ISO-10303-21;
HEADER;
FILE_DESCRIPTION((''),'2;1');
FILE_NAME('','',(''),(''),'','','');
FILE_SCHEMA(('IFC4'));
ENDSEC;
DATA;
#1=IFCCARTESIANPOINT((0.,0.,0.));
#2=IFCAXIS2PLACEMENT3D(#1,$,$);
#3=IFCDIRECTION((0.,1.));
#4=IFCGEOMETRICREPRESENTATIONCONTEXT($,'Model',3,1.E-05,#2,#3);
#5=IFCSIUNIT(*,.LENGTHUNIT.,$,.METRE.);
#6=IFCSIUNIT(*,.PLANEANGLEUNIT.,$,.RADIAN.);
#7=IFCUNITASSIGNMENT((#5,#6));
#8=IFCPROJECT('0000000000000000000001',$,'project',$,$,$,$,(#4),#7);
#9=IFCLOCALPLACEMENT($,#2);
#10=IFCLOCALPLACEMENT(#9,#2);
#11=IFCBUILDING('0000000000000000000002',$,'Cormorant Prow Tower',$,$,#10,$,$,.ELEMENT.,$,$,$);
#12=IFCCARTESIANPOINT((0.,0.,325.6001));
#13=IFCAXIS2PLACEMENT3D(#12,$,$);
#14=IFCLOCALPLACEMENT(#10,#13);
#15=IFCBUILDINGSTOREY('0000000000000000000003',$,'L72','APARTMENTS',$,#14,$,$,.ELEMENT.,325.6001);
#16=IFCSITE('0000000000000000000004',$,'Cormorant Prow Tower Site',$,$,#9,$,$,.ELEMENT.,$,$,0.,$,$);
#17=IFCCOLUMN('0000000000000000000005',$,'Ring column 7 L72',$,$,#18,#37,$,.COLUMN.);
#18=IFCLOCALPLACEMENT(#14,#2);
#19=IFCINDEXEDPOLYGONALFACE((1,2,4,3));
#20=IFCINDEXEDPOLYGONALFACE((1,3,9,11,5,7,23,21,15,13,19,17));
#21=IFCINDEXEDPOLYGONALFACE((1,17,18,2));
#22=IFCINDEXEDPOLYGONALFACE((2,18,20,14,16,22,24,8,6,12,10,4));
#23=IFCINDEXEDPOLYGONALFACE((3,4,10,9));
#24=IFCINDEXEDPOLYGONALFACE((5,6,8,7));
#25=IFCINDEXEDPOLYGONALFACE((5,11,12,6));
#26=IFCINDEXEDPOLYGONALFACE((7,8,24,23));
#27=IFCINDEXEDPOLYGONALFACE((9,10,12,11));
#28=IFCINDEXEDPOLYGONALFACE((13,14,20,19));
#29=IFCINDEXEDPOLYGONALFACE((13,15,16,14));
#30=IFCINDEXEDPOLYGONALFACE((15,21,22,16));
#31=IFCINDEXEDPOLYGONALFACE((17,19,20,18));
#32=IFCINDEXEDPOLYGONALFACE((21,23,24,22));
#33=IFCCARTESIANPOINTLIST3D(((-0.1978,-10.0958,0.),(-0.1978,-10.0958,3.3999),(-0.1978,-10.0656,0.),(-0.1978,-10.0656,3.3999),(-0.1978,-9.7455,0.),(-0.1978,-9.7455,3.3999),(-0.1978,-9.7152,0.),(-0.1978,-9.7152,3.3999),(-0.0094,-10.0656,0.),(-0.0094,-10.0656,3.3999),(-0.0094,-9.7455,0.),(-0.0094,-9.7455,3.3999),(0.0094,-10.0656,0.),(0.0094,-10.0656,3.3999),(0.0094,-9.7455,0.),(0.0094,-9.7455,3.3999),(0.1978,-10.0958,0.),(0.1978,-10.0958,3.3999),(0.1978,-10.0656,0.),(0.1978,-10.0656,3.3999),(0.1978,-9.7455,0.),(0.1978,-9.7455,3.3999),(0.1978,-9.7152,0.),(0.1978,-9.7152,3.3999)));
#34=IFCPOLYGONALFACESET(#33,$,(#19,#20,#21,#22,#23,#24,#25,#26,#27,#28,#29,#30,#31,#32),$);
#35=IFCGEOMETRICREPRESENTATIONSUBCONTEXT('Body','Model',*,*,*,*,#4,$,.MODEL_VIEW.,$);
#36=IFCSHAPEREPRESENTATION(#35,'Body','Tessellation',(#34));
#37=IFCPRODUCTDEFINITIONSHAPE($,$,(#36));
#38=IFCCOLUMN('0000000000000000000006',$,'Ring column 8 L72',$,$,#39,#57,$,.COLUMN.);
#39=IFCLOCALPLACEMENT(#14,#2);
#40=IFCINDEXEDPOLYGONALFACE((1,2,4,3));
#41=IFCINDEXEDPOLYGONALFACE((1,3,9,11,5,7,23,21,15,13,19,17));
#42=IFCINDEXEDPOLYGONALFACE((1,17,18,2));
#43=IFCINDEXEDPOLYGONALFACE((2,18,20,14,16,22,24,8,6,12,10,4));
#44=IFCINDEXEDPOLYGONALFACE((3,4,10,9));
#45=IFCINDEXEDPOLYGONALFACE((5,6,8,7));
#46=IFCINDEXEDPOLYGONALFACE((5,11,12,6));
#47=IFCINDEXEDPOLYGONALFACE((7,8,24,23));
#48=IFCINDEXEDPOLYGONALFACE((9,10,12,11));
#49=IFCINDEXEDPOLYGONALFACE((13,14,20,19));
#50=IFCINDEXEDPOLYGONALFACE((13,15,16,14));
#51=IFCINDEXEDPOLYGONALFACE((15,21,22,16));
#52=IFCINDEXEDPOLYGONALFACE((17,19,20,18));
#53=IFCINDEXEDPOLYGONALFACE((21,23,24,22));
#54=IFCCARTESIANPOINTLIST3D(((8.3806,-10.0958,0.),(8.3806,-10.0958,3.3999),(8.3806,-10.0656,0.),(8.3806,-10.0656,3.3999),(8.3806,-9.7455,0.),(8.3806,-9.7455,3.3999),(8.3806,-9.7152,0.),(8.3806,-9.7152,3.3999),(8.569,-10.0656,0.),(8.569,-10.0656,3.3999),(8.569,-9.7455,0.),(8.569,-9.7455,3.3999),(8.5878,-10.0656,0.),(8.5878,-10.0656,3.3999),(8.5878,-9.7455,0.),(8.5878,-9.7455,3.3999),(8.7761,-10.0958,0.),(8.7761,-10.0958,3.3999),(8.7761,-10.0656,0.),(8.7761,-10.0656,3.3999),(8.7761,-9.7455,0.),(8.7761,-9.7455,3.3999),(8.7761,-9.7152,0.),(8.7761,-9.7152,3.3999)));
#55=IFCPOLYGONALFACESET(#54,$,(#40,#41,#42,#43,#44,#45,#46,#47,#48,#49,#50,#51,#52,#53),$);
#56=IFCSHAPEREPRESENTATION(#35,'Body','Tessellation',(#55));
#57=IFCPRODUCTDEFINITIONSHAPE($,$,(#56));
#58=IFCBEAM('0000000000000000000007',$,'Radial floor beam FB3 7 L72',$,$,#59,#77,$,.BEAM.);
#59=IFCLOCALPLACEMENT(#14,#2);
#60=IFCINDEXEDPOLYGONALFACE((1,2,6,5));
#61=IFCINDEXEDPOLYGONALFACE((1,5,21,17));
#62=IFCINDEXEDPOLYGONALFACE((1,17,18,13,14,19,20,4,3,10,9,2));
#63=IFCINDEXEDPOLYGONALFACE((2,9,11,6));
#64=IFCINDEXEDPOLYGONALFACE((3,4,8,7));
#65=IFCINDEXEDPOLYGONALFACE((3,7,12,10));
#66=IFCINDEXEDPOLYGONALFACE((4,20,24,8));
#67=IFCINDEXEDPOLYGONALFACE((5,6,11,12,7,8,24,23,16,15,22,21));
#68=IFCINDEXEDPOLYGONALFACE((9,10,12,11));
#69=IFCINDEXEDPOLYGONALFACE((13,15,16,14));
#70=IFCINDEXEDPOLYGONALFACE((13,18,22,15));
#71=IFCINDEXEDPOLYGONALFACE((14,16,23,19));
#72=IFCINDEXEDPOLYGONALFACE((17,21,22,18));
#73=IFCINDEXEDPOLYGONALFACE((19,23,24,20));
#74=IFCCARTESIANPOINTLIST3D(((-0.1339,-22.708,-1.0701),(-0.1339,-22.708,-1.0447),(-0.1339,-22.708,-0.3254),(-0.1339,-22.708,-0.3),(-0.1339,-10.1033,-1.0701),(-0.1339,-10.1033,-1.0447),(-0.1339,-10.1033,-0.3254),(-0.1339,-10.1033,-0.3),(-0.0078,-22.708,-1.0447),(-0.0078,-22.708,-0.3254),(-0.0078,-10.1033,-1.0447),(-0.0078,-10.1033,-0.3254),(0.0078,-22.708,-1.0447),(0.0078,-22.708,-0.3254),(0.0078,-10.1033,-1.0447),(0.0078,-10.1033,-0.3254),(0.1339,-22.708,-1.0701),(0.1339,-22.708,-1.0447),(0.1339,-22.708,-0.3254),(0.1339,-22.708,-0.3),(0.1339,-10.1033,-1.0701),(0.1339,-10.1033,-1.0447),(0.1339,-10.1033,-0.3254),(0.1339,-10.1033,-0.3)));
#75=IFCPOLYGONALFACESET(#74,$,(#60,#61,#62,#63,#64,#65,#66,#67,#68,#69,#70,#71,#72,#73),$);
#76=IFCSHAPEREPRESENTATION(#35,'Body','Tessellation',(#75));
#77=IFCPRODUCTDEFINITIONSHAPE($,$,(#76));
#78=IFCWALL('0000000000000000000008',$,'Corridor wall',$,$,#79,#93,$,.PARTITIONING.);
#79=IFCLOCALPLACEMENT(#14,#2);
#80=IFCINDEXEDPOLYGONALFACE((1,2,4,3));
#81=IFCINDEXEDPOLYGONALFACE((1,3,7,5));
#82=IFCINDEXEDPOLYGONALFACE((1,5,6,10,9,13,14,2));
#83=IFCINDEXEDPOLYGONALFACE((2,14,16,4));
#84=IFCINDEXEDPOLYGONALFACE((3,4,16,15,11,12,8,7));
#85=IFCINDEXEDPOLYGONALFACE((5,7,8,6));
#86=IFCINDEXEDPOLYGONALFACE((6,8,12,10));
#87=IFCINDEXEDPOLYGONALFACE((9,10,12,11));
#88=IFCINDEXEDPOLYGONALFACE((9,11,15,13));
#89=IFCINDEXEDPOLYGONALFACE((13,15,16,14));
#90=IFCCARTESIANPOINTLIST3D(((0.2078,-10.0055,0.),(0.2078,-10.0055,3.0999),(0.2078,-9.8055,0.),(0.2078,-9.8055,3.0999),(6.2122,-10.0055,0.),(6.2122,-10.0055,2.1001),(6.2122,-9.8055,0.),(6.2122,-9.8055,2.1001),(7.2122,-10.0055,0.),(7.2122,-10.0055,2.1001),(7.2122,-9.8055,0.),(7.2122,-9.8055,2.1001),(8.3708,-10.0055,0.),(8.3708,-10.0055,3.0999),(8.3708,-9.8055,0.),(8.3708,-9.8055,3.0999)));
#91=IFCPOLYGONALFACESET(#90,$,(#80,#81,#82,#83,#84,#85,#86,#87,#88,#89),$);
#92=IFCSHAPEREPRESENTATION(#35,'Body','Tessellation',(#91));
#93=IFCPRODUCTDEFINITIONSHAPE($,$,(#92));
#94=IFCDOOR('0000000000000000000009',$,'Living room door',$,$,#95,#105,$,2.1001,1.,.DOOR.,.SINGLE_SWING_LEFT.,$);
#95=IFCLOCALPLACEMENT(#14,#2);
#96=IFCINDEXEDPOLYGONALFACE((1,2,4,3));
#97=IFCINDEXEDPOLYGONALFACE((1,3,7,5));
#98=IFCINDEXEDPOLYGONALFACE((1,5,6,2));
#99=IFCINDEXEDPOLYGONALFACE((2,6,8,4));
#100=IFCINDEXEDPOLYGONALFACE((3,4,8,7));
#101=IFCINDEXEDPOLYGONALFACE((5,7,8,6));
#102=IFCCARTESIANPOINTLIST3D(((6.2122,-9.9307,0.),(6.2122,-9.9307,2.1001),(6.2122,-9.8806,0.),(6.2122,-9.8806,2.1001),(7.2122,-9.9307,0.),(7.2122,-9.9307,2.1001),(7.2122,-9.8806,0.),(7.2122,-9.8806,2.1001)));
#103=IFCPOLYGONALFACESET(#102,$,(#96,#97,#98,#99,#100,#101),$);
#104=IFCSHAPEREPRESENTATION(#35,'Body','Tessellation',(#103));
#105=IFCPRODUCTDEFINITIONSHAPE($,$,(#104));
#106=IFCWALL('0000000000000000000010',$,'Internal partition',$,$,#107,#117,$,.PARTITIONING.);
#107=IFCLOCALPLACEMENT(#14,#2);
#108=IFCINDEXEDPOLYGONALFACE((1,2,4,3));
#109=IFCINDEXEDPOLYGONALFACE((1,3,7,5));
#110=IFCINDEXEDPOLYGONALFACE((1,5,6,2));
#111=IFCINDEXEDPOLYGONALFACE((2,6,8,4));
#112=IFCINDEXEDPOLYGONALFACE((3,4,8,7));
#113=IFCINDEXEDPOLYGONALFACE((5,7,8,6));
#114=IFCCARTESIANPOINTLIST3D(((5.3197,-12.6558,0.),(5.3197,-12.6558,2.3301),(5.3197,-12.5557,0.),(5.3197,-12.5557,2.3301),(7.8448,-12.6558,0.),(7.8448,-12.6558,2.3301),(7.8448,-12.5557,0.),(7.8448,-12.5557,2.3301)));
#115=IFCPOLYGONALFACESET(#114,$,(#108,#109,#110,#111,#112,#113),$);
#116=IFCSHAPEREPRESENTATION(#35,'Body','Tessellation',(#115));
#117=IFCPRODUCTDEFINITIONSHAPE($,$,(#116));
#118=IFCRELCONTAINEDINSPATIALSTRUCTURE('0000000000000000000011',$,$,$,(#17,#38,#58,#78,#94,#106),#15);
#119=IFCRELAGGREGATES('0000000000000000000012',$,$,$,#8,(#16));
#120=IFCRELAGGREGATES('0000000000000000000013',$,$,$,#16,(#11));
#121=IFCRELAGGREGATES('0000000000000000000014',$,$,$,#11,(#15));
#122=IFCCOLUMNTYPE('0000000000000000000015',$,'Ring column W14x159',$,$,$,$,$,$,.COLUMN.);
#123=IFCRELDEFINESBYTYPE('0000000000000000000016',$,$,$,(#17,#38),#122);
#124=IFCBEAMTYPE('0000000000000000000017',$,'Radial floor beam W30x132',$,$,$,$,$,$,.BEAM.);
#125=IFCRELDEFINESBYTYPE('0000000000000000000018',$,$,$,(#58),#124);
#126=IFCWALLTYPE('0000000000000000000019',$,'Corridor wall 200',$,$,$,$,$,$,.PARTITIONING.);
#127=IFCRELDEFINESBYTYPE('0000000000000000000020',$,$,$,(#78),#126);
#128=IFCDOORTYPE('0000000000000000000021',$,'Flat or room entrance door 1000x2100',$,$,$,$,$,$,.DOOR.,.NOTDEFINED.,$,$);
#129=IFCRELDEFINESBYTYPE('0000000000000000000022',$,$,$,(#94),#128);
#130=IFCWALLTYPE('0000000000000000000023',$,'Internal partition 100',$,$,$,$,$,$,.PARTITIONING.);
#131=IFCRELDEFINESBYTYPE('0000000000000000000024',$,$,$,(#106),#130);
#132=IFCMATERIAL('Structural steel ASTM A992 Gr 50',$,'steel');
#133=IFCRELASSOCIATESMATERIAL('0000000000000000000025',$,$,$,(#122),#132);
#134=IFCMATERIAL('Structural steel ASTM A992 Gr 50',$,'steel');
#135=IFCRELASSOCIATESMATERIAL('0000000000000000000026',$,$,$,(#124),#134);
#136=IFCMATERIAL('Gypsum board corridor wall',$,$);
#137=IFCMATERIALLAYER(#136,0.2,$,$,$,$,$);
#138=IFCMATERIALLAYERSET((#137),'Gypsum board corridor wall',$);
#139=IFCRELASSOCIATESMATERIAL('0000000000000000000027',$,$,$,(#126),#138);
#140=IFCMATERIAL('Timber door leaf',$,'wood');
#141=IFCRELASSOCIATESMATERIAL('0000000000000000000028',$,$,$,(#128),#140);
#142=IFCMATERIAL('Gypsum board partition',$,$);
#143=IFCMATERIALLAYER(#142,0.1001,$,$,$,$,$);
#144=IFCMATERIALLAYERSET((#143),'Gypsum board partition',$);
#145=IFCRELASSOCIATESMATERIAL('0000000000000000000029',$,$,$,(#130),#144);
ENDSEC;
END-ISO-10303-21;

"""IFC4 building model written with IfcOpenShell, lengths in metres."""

from ifc_helpers import new_model, si_unit, direction, frame, frame_2d, origin, origin_2d, place, context, subcontext, project, spatial, rectangle, i_section, extrude, material, layer, layer_set, material_profile, profile_set, type_object, element, fill, save


model = new_model("IFC4")

# Units and contexts
model_context = context("Model", 3, precision=1e-05, world=origin(), true_north=direction((0.0, 1.0)))
body_context = subcontext(model_context, "Body", "Model", "MODEL_VIEW")
ifc_project = project(units=[si_unit("LENGTHUNIT", "METRE"), si_unit("PLANEANGLEUNIT", "RADIAN")], contexts=[model_context])

# Site, building, storey
site_placement = place(None, origin())
site = spatial("IfcSite", under=ifc_project, at=site_placement, Name="Cormorant Prow Tower Site", CompositionType="ELEMENT", RefElevation=0.0)
building_placement = place(site_placement, origin())
building = spatial("IfcBuilding", under=site, at=building_placement, Name="Cormorant Prow Tower", CompositionType="ELEMENT")
storey_placement = place(building_placement, frame((0.0, 0.0, 325.6001)))
storey = spatial("IfcBuildingStorey", under=building, at=storey_placement, Name="L72", Description="APARTMENTS", CompositionType="ELEMENT", Elevation=325.6001)

# Columns
ifc_material_1 = material(Name="Structural steel ASTM A992 Gr 50", Category="steel")
ifc_material_profile_1 = material_profile(ifc_material_1, i_section(OverallWidth=0.3955, OverallDepth=0.3806, WebThickness=0.0188, FlangeThickness=0.0303, at=origin_2d()), Name="W14x159")
ifc_profile_set_1 = profile_set([ifc_material_profile_1], Name="Structural steel ASTM A992 Gr 50")
column_type = type_object("IfcColumnType", Name="Ring column W14x159", PredefinedType="COLUMN", material=ifc_profile_set_1)
for number, where, z_axis, x_axis, name in (
    (1, (0.0, -9.9055, 0.0), (0.0, 0.0, 1.0), (1.0, 0.0, 0.0), "Ring column 7 L72"),
    (2, (8.5784, -9.9055, 0.0), (0.0, 0.0, 1.0), (1.0, 0.0, 0.0), "Ring column 8 L72"),
):
    element("IfcColumn", number, at=place(storey_placement, frame(where, z_axis=z_axis, x_axis=x_axis)), inside=storey, type_object=column_type, Name=name, PredefinedType="COLUMN", context=body_context, shape_type="SweptSolid", body=[
        extrude(i_section(OverallWidth=0.3955, OverallDepth=0.3806, WebThickness=0.0188, FlangeThickness=0.0303, at=origin_2d()), origin(), (0.0, 0.0, 1.0), 3.3999),
    ])

# Beam
ifc_material_2 = material(Name="Structural steel ASTM A992 Gr 50", Category="steel")
ifc_material_profile_2 = material_profile(ifc_material_2, i_section(OverallWidth=0.2678, OverallDepth=0.77, WebThickness=0.0156, FlangeThickness=0.0254, at=origin_2d()), Name="W30x132")
ifc_profile_set_2 = profile_set([ifc_material_profile_2], Name="Structural steel ASTM A992 Gr 50")
beam_type = type_object("IfcBeamType", Name="Radial floor beam W30x132", PredefinedType="BEAM", material=ifc_profile_set_2)
beam_placement = place(storey_placement, frame((0.0, -10.1033, -0.6851), z_axis=(0.0, -1.0, 0.0), x_axis=(1.0, 0.0, 0.0)))
element("IfcBeam", 3, at=beam_placement, inside=storey, type_object=beam_type, Name="Radial floor beam FB3 7 L72", PredefinedType="BEAM", context=body_context, shape_type="SweptSolid", body=[
    extrude(i_section(OverallWidth=0.2678, OverallDepth=0.77, WebThickness=0.0156, FlangeThickness=0.0254, at=origin_2d()), origin(), (0.0, 0.0, 1.0), 12.6047),
])

# Wall, opening, door
ifc_material_3 = material(Name="Gypsum board corridor wall")
ifc_layer_1 = layer(ifc_material_3, 0.2)
ifc_layer_set_1 = layer_set([ifc_layer_1], Name="Gypsum board corridor wall")
wall_type_1 = type_object("IfcWallType", Name="Corridor wall 200", PredefinedType="PARTITIONING", material=ifc_layer_set_1)
wall_1_placement = place(storey_placement, frame((0.2078, -9.9055, 0.0), z_axis=(0.0, 0.0, 1.0), x_axis=(1.0, 0.0, 0.0)))
wall_1 = element("IfcWall", 4, at=wall_1_placement, inside=storey, type_object=wall_type_1, Name="Corridor wall", PredefinedType="PARTITIONING", context=body_context, shape_type="SweptSolid", body=[
    extrude(rectangle(XDim=8.1631, YDim=0.2, at=frame_2d((4.0815, 0.0))), origin(), (0.0, 0.0, 1.0), 3.0999),
])
opening_1_placement = place(wall_1_placement, frame((6.0044, 0.0, 0.0)))
opening_1 = element("IfcOpeningElement", 5, at=opening_1_placement, cuts=wall_1, PredefinedType="OPENING", context=body_context, shape_type="SweptSolid", body=[
    extrude(rectangle(XDim=1.0, YDim=2.1001, at=frame_2d((0.5, 1.05))), frame((0.0, 0.1099, 0.0), z_axis=(0.0, -1.0, 0.0), x_axis=(1.0, 0.0, 0.0)), (0.0, 0.0, 1.0), 0.22),
])
ifc_material_4 = material(Name="Timber door leaf", Category="wood")
door_type_1 = type_object("IfcDoorType", Name="Flat or room entrance door 1000x2100", OperationType="NOTDEFINED", PredefinedType="DOOR", material=ifc_material_4)
door_1_placement = place(opening_1_placement, origin())
door_1 = element("IfcDoor", 6, at=door_1_placement, inside=storey, type_object=door_type_1, Name="Living room door", OperationType="SINGLE_SWING_LEFT", OverallHeight=2.1001, OverallWidth=1.0, PredefinedType="DOOR", context=body_context, shape_type="SweptSolid", body=[
    extrude(rectangle(XDim=1.0, YDim=2.1001, at=frame_2d((0.5, 1.05))), frame((0.0, 0.0249, 0.0), z_axis=(0.0, -1.0, 0.0), x_axis=(1.0, 0.0, 0.0)), (0.0, 0.0, 1.0), 0.05),
])
fill(opening_1, door_1)

# Wall
ifc_material_5 = material(Name="Gypsum board partition")
ifc_layer_2 = layer(ifc_material_5, 0.1001)
ifc_layer_set_2 = layer_set([ifc_layer_2], Name="Gypsum board partition")
wall_type_2 = type_object("IfcWallType", Name="Internal partition 100", PredefinedType="PARTITIONING", material=ifc_layer_set_2)
wall_2_placement = place(storey_placement, frame((5.3196, -12.6057, 0.0), z_axis=(0.0, 0.0, 1.0), x_axis=(1.0, 0.0, 0.0)))
element("IfcWall", 7, at=wall_2_placement, inside=storey, type_object=wall_type_2, Name="Internal partition", PredefinedType="PARTITIONING", context=body_context, shape_type="SweptSolid", body=[
    extrude(rectangle(XDim=2.5251, YDim=0.1001, at=frame_2d((1.2627, 0.0))), origin(), (0.0, 0.0, 1.0), 2.3301),
])

save(model, "model.ifc")
